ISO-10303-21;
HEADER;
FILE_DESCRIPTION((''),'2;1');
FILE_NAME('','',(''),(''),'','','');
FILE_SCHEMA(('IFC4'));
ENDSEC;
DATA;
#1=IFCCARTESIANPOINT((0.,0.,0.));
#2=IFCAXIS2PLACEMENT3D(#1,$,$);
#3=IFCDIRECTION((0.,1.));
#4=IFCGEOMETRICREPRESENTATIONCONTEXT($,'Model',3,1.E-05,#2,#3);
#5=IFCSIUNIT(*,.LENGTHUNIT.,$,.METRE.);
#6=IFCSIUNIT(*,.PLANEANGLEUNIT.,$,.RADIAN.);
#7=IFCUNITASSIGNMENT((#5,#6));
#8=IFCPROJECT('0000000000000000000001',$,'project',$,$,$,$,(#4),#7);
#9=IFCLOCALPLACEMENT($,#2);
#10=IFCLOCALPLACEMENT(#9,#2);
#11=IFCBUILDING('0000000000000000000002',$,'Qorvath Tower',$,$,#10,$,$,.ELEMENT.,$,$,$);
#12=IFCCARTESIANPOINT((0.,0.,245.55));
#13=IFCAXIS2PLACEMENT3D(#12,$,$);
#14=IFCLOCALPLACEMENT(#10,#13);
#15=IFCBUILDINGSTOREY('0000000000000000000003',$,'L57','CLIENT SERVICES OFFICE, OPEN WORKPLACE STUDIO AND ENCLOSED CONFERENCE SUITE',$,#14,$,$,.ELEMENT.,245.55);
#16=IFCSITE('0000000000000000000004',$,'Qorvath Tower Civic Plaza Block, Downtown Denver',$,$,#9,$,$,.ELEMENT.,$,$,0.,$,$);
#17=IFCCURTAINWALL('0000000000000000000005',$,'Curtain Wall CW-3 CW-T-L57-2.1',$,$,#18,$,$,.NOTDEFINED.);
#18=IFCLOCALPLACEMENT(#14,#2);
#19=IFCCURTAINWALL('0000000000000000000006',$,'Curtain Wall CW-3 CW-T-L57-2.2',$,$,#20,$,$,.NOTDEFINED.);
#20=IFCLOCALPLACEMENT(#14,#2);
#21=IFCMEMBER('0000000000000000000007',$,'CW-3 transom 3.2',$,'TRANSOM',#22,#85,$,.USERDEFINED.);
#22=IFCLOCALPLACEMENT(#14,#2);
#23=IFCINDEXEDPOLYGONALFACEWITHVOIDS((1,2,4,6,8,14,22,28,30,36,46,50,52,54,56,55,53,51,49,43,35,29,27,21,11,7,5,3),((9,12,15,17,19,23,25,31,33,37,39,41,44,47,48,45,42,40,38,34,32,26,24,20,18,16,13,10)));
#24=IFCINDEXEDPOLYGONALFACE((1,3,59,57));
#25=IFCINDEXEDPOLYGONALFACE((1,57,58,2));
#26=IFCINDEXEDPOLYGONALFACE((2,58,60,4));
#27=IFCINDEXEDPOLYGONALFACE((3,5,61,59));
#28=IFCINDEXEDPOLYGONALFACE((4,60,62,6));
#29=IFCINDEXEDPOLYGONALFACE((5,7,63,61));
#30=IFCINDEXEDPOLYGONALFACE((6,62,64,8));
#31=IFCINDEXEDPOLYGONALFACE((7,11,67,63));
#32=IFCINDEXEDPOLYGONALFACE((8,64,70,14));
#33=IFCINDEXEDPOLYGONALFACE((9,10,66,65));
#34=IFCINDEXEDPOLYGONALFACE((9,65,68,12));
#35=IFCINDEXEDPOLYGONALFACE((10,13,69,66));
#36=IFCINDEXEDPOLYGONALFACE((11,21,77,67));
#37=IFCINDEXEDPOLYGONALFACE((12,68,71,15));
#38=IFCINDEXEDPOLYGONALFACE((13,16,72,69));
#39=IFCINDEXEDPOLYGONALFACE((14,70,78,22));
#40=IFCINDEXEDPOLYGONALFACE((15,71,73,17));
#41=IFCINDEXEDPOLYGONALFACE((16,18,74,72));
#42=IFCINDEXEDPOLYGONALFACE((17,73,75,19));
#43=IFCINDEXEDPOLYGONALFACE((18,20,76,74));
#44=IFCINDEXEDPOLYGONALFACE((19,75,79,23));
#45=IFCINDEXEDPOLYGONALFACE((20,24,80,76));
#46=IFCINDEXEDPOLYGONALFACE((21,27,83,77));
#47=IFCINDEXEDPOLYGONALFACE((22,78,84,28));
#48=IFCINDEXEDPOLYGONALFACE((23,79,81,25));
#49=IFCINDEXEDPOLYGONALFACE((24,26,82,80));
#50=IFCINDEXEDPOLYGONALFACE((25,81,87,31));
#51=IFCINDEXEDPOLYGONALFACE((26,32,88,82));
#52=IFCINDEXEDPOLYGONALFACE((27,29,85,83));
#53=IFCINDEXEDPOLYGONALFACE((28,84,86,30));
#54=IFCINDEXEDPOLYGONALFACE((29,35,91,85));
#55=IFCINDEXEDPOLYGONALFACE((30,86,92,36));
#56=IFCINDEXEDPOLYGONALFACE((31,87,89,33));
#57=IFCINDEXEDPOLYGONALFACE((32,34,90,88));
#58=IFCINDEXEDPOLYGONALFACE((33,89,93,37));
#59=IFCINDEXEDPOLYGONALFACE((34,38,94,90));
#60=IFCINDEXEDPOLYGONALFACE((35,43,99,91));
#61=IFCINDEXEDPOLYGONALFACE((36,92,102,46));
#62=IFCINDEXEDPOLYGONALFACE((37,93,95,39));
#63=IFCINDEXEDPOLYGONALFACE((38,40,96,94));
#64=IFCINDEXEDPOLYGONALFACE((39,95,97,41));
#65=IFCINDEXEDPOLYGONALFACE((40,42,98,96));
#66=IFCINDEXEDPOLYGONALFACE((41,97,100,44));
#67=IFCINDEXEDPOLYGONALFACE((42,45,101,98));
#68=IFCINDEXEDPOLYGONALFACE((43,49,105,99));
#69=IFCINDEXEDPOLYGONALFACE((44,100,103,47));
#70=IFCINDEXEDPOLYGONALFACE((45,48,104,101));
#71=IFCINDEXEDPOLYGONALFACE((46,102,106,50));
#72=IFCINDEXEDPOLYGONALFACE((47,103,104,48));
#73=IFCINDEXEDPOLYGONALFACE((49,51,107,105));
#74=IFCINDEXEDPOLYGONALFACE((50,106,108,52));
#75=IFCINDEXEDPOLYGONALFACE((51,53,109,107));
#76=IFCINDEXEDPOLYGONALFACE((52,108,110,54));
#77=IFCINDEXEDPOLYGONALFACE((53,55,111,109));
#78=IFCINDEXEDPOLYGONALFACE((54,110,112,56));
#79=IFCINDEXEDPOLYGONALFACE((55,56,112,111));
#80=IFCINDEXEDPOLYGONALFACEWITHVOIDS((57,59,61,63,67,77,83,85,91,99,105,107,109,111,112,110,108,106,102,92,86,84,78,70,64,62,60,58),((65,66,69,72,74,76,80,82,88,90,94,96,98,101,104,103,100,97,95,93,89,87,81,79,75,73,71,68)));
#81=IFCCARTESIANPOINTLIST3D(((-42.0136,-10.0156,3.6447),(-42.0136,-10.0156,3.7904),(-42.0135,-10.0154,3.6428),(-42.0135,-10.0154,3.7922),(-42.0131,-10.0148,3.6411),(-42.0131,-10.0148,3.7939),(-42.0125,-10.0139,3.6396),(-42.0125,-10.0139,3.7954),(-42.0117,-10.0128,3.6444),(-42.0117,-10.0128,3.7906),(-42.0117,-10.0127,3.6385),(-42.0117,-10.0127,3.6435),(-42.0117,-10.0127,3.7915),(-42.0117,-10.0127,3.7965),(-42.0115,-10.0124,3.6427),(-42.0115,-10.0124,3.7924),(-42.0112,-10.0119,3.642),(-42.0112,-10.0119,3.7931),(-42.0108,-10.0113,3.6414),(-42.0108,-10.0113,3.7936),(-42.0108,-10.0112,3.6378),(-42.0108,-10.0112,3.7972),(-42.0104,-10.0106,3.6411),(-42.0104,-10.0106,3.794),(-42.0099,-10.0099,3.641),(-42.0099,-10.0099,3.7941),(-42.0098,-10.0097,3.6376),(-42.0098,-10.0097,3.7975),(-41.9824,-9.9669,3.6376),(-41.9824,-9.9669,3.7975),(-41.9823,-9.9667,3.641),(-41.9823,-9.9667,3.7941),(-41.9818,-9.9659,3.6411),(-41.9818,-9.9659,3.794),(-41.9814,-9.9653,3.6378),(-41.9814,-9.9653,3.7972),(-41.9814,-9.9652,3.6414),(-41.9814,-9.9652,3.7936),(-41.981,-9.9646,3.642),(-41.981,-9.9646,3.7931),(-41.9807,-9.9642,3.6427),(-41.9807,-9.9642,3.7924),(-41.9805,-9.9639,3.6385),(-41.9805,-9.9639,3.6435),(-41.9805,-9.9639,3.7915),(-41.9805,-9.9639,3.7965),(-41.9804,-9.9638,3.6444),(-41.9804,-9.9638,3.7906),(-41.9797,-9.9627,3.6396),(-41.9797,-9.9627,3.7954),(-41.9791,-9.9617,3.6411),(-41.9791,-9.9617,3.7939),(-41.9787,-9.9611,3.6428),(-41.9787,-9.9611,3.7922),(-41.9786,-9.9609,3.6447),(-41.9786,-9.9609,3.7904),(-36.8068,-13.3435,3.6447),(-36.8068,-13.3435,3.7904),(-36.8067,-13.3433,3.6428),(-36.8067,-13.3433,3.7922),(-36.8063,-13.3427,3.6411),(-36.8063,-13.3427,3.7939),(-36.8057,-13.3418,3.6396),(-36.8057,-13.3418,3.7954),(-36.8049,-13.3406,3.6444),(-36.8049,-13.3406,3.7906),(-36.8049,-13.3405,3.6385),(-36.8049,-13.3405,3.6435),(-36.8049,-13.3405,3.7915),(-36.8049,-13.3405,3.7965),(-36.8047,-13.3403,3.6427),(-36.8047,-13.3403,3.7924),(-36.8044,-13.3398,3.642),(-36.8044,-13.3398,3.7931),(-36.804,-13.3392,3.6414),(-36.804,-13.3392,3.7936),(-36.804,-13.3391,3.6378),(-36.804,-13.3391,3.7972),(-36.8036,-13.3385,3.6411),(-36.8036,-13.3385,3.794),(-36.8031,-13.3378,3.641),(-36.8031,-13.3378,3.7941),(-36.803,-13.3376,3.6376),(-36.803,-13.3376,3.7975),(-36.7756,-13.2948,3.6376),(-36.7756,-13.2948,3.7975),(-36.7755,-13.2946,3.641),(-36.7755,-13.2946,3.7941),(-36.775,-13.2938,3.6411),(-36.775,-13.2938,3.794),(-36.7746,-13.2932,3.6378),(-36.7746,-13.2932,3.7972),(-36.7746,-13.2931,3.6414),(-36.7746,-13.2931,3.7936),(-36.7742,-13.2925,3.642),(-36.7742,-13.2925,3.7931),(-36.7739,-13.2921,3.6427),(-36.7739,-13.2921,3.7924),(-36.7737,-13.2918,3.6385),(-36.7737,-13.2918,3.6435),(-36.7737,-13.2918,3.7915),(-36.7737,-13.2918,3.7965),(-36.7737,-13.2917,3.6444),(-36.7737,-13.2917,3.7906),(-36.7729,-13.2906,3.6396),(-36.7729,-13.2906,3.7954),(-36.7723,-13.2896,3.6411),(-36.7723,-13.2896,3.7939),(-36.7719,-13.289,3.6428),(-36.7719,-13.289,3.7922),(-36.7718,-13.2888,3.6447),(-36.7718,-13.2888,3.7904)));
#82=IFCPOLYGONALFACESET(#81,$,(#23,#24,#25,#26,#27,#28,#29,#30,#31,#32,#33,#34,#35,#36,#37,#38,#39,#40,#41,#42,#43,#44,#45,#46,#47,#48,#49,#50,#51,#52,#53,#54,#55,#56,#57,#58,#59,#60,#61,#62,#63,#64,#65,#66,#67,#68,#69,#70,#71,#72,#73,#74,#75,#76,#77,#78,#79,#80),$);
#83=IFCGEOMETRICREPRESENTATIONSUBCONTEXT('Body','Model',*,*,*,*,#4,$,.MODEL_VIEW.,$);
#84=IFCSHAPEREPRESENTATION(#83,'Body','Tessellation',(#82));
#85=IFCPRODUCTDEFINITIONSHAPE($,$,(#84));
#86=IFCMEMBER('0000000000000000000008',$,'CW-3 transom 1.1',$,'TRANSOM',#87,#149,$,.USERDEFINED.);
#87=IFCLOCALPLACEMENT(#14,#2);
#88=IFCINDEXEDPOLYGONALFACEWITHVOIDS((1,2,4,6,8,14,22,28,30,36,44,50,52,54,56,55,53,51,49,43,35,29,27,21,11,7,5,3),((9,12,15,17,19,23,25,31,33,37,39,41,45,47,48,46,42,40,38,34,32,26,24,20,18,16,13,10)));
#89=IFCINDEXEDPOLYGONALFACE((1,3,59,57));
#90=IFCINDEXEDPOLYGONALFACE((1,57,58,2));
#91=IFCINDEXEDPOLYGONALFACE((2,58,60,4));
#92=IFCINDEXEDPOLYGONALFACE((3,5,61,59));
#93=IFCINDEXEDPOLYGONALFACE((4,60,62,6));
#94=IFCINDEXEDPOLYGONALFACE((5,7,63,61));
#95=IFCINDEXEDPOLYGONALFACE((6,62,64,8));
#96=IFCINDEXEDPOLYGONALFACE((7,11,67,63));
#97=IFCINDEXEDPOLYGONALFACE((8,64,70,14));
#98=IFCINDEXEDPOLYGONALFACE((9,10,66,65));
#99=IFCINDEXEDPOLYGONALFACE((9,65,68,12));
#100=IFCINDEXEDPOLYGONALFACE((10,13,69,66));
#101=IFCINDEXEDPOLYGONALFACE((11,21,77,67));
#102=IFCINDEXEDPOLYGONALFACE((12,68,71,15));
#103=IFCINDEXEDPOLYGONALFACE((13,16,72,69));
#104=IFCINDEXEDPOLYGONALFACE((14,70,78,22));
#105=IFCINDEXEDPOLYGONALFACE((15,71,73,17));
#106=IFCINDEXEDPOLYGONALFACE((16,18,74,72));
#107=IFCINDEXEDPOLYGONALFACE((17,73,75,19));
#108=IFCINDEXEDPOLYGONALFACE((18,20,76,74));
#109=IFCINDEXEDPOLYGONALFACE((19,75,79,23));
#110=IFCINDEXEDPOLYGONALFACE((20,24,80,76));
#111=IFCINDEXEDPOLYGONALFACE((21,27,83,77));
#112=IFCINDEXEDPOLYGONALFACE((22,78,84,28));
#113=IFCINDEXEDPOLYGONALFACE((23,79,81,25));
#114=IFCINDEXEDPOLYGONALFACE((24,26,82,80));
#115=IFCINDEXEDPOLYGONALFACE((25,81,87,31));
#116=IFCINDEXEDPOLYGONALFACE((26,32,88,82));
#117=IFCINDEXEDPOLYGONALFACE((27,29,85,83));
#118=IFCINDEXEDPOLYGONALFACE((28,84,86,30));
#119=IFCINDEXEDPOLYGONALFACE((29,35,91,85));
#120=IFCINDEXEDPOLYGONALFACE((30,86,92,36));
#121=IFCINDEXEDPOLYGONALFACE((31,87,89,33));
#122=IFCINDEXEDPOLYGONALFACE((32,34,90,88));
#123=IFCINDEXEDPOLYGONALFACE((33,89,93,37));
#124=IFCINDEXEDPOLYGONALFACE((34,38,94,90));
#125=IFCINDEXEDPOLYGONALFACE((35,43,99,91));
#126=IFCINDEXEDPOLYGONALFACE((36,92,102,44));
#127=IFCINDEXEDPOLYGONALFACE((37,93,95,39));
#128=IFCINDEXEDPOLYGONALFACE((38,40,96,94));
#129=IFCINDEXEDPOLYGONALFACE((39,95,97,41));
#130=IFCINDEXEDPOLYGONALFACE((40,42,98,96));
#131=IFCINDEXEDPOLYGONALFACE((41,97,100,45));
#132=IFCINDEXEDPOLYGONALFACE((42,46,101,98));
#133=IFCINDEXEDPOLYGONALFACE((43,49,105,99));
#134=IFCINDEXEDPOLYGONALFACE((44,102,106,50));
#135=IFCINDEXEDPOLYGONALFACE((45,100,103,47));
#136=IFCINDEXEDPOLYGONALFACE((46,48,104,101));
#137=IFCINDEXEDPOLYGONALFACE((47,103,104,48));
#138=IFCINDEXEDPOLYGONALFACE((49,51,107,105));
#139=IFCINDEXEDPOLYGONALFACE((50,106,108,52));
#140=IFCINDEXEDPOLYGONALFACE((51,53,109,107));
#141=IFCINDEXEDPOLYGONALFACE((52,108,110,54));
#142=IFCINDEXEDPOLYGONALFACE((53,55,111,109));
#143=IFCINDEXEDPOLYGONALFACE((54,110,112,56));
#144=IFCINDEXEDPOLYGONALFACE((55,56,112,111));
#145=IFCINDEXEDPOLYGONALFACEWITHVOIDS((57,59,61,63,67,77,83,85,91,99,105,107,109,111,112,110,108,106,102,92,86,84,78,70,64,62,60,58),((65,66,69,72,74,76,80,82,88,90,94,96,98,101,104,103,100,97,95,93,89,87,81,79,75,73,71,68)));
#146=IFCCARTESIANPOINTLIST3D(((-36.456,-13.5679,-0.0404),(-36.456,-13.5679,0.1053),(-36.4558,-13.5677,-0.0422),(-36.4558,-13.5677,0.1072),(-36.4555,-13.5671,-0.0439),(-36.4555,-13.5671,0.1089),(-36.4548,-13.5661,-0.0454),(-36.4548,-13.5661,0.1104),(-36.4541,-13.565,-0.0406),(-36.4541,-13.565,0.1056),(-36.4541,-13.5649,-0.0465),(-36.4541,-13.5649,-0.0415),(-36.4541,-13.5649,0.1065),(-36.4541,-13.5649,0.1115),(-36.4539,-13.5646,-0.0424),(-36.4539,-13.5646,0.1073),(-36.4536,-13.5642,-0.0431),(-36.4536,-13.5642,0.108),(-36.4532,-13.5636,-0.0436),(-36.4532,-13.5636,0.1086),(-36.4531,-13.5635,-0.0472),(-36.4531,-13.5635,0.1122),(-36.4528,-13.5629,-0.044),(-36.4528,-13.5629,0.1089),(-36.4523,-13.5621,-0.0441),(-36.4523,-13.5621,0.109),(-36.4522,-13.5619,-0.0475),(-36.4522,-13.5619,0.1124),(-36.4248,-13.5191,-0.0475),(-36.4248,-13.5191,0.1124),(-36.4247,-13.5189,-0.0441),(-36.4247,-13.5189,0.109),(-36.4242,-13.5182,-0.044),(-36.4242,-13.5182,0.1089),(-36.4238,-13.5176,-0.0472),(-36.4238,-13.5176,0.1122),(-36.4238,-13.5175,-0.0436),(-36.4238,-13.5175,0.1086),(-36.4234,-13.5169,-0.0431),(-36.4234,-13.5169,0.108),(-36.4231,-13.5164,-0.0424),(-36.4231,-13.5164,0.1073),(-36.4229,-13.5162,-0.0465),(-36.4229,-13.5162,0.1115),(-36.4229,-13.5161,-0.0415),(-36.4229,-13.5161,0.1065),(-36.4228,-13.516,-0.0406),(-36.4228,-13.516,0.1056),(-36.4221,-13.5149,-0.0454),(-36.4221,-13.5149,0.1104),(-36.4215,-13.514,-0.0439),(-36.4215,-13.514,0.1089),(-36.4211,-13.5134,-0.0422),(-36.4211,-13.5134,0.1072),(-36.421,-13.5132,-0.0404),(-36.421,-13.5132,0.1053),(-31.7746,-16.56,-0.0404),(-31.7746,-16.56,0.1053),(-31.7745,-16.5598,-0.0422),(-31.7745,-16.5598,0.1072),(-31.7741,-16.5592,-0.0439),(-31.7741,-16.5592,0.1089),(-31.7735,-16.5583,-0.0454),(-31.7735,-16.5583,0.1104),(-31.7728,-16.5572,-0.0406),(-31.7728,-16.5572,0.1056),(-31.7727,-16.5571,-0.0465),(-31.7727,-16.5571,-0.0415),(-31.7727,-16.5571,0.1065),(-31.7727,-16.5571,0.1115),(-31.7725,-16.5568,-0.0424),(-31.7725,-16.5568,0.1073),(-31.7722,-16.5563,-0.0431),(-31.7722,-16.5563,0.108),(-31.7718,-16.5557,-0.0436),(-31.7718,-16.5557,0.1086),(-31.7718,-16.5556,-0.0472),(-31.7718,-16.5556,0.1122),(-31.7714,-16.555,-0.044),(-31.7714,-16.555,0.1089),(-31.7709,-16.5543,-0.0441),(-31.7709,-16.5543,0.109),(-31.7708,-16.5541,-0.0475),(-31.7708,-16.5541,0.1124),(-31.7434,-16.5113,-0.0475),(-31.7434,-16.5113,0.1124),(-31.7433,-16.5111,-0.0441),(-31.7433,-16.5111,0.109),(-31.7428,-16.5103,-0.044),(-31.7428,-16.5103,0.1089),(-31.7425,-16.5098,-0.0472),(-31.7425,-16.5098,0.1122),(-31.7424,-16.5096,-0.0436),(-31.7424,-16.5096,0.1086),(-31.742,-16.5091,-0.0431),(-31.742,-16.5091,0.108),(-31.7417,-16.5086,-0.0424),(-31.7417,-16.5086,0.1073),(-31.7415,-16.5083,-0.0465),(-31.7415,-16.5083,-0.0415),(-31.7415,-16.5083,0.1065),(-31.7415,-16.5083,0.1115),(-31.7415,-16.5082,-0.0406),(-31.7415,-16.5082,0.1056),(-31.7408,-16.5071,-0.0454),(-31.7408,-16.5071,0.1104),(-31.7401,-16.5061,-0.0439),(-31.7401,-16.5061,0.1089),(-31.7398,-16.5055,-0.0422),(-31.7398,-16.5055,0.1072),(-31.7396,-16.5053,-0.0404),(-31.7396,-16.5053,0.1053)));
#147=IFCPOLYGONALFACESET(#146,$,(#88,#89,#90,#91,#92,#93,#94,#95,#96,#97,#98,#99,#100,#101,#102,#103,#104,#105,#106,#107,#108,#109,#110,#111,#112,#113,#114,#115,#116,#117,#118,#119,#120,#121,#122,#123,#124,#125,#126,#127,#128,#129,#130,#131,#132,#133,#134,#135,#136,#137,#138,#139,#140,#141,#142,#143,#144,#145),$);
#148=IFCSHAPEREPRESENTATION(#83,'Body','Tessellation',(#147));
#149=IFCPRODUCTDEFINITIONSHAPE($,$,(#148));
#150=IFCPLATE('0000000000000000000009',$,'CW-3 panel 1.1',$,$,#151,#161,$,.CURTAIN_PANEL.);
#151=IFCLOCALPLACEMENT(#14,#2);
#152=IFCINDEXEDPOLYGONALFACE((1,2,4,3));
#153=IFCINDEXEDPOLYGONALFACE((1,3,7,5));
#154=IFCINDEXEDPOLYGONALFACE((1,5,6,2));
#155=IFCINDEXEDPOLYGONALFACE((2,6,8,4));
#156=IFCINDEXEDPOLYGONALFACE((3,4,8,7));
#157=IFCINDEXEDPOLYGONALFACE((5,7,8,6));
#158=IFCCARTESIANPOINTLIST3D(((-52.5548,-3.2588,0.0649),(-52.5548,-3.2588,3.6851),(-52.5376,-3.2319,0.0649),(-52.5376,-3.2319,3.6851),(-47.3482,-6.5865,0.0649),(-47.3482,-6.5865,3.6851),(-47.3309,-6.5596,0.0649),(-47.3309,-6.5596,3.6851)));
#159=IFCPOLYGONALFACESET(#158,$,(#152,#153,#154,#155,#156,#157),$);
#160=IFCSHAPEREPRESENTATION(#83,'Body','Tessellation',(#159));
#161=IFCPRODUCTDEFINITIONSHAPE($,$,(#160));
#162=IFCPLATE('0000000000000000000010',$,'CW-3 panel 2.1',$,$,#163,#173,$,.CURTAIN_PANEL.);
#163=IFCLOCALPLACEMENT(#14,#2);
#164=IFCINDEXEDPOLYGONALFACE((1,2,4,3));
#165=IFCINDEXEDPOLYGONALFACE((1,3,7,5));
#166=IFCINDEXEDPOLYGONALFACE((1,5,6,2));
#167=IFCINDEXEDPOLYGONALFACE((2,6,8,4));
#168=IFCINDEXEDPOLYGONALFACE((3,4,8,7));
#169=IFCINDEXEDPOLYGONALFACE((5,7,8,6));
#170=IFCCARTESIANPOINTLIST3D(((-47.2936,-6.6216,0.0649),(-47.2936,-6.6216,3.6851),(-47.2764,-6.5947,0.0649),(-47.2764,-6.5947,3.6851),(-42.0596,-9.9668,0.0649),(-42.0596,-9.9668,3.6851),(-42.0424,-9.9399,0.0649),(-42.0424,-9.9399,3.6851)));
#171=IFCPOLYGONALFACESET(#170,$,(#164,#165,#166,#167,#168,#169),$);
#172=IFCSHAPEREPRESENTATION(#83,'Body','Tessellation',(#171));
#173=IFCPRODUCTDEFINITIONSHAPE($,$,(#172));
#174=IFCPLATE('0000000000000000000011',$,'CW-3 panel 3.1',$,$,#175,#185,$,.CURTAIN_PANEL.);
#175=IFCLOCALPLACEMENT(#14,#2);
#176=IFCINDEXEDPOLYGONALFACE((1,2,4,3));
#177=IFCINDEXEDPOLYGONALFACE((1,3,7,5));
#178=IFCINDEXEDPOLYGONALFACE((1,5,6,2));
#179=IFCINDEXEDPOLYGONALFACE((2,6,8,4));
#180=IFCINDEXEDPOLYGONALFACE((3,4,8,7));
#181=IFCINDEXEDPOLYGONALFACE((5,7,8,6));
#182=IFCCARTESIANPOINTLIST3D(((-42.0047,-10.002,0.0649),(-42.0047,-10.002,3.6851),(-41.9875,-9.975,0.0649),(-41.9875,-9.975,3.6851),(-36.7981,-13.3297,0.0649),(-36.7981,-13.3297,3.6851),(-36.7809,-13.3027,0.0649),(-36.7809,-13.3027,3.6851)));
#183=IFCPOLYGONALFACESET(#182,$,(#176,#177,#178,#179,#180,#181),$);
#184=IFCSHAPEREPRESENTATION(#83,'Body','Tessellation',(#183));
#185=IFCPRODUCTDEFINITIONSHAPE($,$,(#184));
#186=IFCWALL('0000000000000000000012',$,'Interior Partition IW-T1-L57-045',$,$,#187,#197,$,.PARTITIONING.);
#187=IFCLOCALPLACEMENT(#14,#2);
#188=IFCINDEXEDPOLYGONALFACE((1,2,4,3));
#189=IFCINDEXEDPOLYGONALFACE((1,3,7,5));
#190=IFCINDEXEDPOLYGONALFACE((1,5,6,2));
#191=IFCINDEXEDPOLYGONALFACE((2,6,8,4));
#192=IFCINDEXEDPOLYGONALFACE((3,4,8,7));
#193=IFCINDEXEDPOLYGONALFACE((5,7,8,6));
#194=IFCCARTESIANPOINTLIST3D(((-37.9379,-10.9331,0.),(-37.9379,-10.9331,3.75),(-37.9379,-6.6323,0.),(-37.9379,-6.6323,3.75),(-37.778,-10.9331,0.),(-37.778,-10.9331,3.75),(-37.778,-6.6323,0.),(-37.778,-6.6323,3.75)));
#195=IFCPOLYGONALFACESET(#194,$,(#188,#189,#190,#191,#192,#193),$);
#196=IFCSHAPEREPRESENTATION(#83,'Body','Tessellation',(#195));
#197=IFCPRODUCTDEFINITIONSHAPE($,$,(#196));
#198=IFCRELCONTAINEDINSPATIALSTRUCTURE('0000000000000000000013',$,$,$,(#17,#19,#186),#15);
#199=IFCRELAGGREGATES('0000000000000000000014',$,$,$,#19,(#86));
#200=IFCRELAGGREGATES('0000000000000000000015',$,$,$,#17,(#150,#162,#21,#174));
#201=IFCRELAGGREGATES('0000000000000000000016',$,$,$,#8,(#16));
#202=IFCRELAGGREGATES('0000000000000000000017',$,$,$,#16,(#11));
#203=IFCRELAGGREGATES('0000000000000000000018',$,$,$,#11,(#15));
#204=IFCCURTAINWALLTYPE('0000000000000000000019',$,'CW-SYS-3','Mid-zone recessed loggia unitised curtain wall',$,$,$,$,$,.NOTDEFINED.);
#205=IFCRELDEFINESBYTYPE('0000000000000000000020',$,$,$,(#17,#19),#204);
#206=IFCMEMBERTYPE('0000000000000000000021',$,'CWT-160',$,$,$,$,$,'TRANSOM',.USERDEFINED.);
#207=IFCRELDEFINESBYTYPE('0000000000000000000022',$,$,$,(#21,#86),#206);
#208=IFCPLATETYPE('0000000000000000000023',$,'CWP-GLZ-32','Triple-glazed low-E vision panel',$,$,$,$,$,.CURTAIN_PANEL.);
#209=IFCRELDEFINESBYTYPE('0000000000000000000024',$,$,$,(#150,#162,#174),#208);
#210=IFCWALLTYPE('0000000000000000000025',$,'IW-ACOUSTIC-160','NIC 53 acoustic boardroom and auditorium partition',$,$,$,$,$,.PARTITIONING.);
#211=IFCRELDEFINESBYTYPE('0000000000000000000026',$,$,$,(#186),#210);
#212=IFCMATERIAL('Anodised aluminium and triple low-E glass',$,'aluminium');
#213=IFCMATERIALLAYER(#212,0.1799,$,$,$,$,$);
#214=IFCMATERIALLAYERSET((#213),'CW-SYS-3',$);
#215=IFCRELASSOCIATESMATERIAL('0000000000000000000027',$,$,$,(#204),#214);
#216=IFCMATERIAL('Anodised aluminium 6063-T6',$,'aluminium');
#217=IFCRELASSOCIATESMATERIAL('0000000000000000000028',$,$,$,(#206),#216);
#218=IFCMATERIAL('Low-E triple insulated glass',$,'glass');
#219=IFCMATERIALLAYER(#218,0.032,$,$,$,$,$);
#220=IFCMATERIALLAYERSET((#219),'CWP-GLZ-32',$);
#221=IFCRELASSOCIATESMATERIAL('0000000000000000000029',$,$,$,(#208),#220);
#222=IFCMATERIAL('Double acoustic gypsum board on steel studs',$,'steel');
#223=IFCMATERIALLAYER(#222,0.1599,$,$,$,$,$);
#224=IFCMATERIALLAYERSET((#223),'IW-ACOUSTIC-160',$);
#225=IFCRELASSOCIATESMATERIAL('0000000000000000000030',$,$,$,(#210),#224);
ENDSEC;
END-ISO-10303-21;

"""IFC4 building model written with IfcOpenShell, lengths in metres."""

from ifc_helpers import new_model, si_unit, direction, frame, frame_2d, origin, origin_2d, place, context, subcontext, project, spatial, rectangle, hollow_rectangle, extrude, material, layer, layer_set, material_profile, profile_set, type_object, element, aggregate, save


model = new_model("IFC4")

# Units and contexts
model_context = context("Model", 3, precision=1e-05, world=origin(), true_north=direction((0.0, 1.0)))
body_context = subcontext(model_context, "Body", "Model", "MODEL_VIEW")
ifc_project = project(units=[si_unit("LENGTHUNIT", "METRE"), si_unit("PLANEANGLEUNIT", "RADIAN")], contexts=[model_context])

# Site, building, storey
site_placement = place(None, origin())
site = spatial("IfcSite", under=ifc_project, at=site_placement, Name="Qorvath Tower Civic Plaza Block, Downtown Denver", CompositionType="ELEMENT", RefElevation=0.0)
building_placement = place(site_placement, origin())
building = spatial("IfcBuilding", under=site, at=building_placement, Name="Qorvath Tower", CompositionType="ELEMENT")
storey_placement = place(building_placement, frame((0.0, 0.0, 245.55)))
storey = spatial("IfcBuildingStorey", under=building, at=storey_placement, Name="L57", Description="CLIENT SERVICES OFFICE, OPEN WORKPLACE STUDIO AND ENCLOSED CONFERENCE SUITE", CompositionType="ELEMENT", Elevation=245.55)

# Curtain wall
ifc_material_1 = material(Name="Anodised aluminium and triple low-E glass", Category="aluminium")
ifc_layer_1 = layer(ifc_material_1, 0.1799)
ifc_layer_set_1 = layer_set([ifc_layer_1], Name="CW-SYS-3")
curtain_wall_type = type_object("IfcCurtainWallType", Name="CW-SYS-3", Description="Mid-zone recessed loggia unitised curtain wall", PredefinedType="NOTDEFINED", material=ifc_layer_set_1)
curtain_wall_1_placement = place(storey_placement, origin())
curtain_wall_1 = element("IfcCurtainWall", 1, at=curtain_wall_1_placement, inside=storey, type_object=curtain_wall_type, Name="Curtain Wall CW-3 CW-T-L57-2.1", PredefinedType="NOTDEFINED")

# Curtain wall
curtain_wall_2_placement = place(storey_placement, origin())
curtain_wall_2 = element("IfcCurtainWall", 2, at=curtain_wall_2_placement, inside=storey, type_object=curtain_wall_type, Name="Curtain Wall CW-3 CW-T-L57-2.2", PredefinedType="NOTDEFINED")

# Members
ifc_material_2 = material(Name="Anodised aluminium 6063-T6", Category="aluminium")
ifc_material_profile_1 = material_profile(ifc_material_2, hollow_rectangle(XDim=0.0649, YDim=0.1599, WallThickness=0.0034, InnerFilletRadius=0.0034, OuterFilletRadius=0.0071, at=origin_2d()), Name="CWT 160x65")
ifc_profile_set_1 = profile_set([ifc_material_profile_1], Name="Anodised aluminium 6063-T6")
member_type_1 = type_object("IfcMemberType", Name="CWT-160", ElementType="TRANSOM", PredefinedType="USERDEFINED", material=ifc_profile_set_1)
member_1_placement = place(storey_placement, frame((-41.9961, -9.9883, 3.7175), z_axis=(0.842599, -0.538541, 0.0), x_axis=(0.538541, 0.842599, 0.0)))
member_1 = element("IfcMember", 3, at=member_1_placement, type_object=member_type_1, Name="CW-3 transom 3.2", ObjectType="TRANSOM", PredefinedType="USERDEFINED", context=body_context, shape_type="SweptSolid", body=[
    extrude(hollow_rectangle(XDim=0.0649, YDim=0.1599, WallThickness=0.0034, InnerFilletRadius=0.0034, OuterFilletRadius=0.0071, at=origin_2d()), origin(), (0.0, 0.0, 1.0), 6.1794),
])
member_2_placement = place(storey_placement, frame((-36.4385, -13.5405, 0.0325), z_axis=(0.84259, -0.538555, 0.0), x_axis=(0.538555, 0.84259, 0.0)))
member_2 = element("IfcMember", 4, at=member_2_placement, type_object=member_type_1, Name="CW-3 transom 1.1", ObjectType="TRANSOM", PredefinedType="USERDEFINED", context=body_context, shape_type="SweptSolid", body=[
    extrude(hollow_rectangle(XDim=0.0649, YDim=0.1599, WallThickness=0.0034, InnerFilletRadius=0.0034, OuterFilletRadius=0.0071, at=origin_2d()), origin(), (0.0, 0.0, 1.0), 5.5559),
])
aggregate(curtain_wall_2, [member_2])

# Plates
ifc_material_3 = material(Name="Low-E triple insulated glass", Category="glass")
ifc_layer_2 = layer(ifc_material_3, 0.032)
ifc_layer_set_2 = layer_set([ifc_layer_2], Name="CWP-GLZ-32")
plate_type = type_object("IfcPlateType", Name="CWP-GLZ-32", Description="Triple-glazed low-E vision panel", PredefinedType="CURTAIN_PANEL", material=ifc_layer_set_2)
plate_1_placement = place(storey_placement, frame((-49.9429, -4.9092, 0.0649), z_axis=(0.0, 0.0, 1.0), x_axis=(0.842605, -0.538531, 0.0)))
plate_1 = element("IfcPlate", 5, at=plate_1_placement, type_object=plate_type, Name="CW-3 panel 1.1", PredefinedType="CURTAIN_PANEL", context=body_context, shape_type="SweptSolid", body=[
    extrude(rectangle(XDim=6.1792, YDim=0.032, at=origin_2d()), origin(), (0.0, 0.0, 1.0), 3.6201),
])
plate_2_placement = place(storey_placement, frame((-44.668, -8.2808, 0.0649), z_axis=(0.0, 0.0, 1.0), x_axis=(0.842605, -0.538531, 0.0)))
plate_2 = element("IfcPlate", 6, at=plate_2_placement, type_object=plate_type, Name="CW-3 panel 2.1", PredefinedType="CURTAIN_PANEL", context=body_context, shape_type="SweptSolid", body=[
    extrude(rectangle(XDim=6.2117, YDim=0.032, at=origin_2d()), origin(), (0.0, 0.0, 1.0), 3.6201),
])
plate_3_placement = place(storey_placement, frame((-39.3928, -11.6523, 0.0649), z_axis=(0.0, 0.0, 1.0), x_axis=(0.842605, -0.538531, 0.0)))
plate_3 = element("IfcPlate", 7, at=plate_3_placement, type_object=plate_type, Name="CW-3 panel 3.1", PredefinedType="CURTAIN_PANEL", context=body_context, shape_type="SweptSolid", body=[
    extrude(rectangle(XDim=6.1792, YDim=0.032, at=origin_2d()), origin(), (0.0, 0.0, 1.0), 3.6201),
])
aggregate(curtain_wall_1, [plate_1, plate_2, member_1, plate_3])

# Shared definitions
ifc_material_4 = material(Name="Double acoustic gypsum board on steel studs", Category="steel")
ifc_layer_3 = layer(ifc_material_4, 0.1599)
ifc_layer_set_3 = layer_set([ifc_layer_3], Name="IW-ACOUSTIC-160")
wall_type_1 = type_object("IfcWallType", Name="IW-ACOUSTIC-160", Description="NIC 53 acoustic boardroom and auditorium partition", PredefinedType="PARTITIONING", material=ifc_layer_set_3)

# Wall
wall_1_placement = place(storey_placement, frame((-37.8579, -10.9331, 0.0), z_axis=(0.0, 0.0, 1.0), x_axis=(0.0, 1.0, 0.0)))
element("IfcWall", 8, at=wall_1_placement, inside=storey, type_object=wall_type_1, Name="Interior Partition IW-T1-L57-045", PredefinedType="PARTITIONING", context=body_context, shape_type="SweptSolid", body=[
    extrude(rectangle(XDim=4.3008, YDim=0.1599, at=frame_2d((2.1504, 0.0))), origin(), (0.0, 0.0, 1.0), 3.75),
])

save(model, "model.ifc")
